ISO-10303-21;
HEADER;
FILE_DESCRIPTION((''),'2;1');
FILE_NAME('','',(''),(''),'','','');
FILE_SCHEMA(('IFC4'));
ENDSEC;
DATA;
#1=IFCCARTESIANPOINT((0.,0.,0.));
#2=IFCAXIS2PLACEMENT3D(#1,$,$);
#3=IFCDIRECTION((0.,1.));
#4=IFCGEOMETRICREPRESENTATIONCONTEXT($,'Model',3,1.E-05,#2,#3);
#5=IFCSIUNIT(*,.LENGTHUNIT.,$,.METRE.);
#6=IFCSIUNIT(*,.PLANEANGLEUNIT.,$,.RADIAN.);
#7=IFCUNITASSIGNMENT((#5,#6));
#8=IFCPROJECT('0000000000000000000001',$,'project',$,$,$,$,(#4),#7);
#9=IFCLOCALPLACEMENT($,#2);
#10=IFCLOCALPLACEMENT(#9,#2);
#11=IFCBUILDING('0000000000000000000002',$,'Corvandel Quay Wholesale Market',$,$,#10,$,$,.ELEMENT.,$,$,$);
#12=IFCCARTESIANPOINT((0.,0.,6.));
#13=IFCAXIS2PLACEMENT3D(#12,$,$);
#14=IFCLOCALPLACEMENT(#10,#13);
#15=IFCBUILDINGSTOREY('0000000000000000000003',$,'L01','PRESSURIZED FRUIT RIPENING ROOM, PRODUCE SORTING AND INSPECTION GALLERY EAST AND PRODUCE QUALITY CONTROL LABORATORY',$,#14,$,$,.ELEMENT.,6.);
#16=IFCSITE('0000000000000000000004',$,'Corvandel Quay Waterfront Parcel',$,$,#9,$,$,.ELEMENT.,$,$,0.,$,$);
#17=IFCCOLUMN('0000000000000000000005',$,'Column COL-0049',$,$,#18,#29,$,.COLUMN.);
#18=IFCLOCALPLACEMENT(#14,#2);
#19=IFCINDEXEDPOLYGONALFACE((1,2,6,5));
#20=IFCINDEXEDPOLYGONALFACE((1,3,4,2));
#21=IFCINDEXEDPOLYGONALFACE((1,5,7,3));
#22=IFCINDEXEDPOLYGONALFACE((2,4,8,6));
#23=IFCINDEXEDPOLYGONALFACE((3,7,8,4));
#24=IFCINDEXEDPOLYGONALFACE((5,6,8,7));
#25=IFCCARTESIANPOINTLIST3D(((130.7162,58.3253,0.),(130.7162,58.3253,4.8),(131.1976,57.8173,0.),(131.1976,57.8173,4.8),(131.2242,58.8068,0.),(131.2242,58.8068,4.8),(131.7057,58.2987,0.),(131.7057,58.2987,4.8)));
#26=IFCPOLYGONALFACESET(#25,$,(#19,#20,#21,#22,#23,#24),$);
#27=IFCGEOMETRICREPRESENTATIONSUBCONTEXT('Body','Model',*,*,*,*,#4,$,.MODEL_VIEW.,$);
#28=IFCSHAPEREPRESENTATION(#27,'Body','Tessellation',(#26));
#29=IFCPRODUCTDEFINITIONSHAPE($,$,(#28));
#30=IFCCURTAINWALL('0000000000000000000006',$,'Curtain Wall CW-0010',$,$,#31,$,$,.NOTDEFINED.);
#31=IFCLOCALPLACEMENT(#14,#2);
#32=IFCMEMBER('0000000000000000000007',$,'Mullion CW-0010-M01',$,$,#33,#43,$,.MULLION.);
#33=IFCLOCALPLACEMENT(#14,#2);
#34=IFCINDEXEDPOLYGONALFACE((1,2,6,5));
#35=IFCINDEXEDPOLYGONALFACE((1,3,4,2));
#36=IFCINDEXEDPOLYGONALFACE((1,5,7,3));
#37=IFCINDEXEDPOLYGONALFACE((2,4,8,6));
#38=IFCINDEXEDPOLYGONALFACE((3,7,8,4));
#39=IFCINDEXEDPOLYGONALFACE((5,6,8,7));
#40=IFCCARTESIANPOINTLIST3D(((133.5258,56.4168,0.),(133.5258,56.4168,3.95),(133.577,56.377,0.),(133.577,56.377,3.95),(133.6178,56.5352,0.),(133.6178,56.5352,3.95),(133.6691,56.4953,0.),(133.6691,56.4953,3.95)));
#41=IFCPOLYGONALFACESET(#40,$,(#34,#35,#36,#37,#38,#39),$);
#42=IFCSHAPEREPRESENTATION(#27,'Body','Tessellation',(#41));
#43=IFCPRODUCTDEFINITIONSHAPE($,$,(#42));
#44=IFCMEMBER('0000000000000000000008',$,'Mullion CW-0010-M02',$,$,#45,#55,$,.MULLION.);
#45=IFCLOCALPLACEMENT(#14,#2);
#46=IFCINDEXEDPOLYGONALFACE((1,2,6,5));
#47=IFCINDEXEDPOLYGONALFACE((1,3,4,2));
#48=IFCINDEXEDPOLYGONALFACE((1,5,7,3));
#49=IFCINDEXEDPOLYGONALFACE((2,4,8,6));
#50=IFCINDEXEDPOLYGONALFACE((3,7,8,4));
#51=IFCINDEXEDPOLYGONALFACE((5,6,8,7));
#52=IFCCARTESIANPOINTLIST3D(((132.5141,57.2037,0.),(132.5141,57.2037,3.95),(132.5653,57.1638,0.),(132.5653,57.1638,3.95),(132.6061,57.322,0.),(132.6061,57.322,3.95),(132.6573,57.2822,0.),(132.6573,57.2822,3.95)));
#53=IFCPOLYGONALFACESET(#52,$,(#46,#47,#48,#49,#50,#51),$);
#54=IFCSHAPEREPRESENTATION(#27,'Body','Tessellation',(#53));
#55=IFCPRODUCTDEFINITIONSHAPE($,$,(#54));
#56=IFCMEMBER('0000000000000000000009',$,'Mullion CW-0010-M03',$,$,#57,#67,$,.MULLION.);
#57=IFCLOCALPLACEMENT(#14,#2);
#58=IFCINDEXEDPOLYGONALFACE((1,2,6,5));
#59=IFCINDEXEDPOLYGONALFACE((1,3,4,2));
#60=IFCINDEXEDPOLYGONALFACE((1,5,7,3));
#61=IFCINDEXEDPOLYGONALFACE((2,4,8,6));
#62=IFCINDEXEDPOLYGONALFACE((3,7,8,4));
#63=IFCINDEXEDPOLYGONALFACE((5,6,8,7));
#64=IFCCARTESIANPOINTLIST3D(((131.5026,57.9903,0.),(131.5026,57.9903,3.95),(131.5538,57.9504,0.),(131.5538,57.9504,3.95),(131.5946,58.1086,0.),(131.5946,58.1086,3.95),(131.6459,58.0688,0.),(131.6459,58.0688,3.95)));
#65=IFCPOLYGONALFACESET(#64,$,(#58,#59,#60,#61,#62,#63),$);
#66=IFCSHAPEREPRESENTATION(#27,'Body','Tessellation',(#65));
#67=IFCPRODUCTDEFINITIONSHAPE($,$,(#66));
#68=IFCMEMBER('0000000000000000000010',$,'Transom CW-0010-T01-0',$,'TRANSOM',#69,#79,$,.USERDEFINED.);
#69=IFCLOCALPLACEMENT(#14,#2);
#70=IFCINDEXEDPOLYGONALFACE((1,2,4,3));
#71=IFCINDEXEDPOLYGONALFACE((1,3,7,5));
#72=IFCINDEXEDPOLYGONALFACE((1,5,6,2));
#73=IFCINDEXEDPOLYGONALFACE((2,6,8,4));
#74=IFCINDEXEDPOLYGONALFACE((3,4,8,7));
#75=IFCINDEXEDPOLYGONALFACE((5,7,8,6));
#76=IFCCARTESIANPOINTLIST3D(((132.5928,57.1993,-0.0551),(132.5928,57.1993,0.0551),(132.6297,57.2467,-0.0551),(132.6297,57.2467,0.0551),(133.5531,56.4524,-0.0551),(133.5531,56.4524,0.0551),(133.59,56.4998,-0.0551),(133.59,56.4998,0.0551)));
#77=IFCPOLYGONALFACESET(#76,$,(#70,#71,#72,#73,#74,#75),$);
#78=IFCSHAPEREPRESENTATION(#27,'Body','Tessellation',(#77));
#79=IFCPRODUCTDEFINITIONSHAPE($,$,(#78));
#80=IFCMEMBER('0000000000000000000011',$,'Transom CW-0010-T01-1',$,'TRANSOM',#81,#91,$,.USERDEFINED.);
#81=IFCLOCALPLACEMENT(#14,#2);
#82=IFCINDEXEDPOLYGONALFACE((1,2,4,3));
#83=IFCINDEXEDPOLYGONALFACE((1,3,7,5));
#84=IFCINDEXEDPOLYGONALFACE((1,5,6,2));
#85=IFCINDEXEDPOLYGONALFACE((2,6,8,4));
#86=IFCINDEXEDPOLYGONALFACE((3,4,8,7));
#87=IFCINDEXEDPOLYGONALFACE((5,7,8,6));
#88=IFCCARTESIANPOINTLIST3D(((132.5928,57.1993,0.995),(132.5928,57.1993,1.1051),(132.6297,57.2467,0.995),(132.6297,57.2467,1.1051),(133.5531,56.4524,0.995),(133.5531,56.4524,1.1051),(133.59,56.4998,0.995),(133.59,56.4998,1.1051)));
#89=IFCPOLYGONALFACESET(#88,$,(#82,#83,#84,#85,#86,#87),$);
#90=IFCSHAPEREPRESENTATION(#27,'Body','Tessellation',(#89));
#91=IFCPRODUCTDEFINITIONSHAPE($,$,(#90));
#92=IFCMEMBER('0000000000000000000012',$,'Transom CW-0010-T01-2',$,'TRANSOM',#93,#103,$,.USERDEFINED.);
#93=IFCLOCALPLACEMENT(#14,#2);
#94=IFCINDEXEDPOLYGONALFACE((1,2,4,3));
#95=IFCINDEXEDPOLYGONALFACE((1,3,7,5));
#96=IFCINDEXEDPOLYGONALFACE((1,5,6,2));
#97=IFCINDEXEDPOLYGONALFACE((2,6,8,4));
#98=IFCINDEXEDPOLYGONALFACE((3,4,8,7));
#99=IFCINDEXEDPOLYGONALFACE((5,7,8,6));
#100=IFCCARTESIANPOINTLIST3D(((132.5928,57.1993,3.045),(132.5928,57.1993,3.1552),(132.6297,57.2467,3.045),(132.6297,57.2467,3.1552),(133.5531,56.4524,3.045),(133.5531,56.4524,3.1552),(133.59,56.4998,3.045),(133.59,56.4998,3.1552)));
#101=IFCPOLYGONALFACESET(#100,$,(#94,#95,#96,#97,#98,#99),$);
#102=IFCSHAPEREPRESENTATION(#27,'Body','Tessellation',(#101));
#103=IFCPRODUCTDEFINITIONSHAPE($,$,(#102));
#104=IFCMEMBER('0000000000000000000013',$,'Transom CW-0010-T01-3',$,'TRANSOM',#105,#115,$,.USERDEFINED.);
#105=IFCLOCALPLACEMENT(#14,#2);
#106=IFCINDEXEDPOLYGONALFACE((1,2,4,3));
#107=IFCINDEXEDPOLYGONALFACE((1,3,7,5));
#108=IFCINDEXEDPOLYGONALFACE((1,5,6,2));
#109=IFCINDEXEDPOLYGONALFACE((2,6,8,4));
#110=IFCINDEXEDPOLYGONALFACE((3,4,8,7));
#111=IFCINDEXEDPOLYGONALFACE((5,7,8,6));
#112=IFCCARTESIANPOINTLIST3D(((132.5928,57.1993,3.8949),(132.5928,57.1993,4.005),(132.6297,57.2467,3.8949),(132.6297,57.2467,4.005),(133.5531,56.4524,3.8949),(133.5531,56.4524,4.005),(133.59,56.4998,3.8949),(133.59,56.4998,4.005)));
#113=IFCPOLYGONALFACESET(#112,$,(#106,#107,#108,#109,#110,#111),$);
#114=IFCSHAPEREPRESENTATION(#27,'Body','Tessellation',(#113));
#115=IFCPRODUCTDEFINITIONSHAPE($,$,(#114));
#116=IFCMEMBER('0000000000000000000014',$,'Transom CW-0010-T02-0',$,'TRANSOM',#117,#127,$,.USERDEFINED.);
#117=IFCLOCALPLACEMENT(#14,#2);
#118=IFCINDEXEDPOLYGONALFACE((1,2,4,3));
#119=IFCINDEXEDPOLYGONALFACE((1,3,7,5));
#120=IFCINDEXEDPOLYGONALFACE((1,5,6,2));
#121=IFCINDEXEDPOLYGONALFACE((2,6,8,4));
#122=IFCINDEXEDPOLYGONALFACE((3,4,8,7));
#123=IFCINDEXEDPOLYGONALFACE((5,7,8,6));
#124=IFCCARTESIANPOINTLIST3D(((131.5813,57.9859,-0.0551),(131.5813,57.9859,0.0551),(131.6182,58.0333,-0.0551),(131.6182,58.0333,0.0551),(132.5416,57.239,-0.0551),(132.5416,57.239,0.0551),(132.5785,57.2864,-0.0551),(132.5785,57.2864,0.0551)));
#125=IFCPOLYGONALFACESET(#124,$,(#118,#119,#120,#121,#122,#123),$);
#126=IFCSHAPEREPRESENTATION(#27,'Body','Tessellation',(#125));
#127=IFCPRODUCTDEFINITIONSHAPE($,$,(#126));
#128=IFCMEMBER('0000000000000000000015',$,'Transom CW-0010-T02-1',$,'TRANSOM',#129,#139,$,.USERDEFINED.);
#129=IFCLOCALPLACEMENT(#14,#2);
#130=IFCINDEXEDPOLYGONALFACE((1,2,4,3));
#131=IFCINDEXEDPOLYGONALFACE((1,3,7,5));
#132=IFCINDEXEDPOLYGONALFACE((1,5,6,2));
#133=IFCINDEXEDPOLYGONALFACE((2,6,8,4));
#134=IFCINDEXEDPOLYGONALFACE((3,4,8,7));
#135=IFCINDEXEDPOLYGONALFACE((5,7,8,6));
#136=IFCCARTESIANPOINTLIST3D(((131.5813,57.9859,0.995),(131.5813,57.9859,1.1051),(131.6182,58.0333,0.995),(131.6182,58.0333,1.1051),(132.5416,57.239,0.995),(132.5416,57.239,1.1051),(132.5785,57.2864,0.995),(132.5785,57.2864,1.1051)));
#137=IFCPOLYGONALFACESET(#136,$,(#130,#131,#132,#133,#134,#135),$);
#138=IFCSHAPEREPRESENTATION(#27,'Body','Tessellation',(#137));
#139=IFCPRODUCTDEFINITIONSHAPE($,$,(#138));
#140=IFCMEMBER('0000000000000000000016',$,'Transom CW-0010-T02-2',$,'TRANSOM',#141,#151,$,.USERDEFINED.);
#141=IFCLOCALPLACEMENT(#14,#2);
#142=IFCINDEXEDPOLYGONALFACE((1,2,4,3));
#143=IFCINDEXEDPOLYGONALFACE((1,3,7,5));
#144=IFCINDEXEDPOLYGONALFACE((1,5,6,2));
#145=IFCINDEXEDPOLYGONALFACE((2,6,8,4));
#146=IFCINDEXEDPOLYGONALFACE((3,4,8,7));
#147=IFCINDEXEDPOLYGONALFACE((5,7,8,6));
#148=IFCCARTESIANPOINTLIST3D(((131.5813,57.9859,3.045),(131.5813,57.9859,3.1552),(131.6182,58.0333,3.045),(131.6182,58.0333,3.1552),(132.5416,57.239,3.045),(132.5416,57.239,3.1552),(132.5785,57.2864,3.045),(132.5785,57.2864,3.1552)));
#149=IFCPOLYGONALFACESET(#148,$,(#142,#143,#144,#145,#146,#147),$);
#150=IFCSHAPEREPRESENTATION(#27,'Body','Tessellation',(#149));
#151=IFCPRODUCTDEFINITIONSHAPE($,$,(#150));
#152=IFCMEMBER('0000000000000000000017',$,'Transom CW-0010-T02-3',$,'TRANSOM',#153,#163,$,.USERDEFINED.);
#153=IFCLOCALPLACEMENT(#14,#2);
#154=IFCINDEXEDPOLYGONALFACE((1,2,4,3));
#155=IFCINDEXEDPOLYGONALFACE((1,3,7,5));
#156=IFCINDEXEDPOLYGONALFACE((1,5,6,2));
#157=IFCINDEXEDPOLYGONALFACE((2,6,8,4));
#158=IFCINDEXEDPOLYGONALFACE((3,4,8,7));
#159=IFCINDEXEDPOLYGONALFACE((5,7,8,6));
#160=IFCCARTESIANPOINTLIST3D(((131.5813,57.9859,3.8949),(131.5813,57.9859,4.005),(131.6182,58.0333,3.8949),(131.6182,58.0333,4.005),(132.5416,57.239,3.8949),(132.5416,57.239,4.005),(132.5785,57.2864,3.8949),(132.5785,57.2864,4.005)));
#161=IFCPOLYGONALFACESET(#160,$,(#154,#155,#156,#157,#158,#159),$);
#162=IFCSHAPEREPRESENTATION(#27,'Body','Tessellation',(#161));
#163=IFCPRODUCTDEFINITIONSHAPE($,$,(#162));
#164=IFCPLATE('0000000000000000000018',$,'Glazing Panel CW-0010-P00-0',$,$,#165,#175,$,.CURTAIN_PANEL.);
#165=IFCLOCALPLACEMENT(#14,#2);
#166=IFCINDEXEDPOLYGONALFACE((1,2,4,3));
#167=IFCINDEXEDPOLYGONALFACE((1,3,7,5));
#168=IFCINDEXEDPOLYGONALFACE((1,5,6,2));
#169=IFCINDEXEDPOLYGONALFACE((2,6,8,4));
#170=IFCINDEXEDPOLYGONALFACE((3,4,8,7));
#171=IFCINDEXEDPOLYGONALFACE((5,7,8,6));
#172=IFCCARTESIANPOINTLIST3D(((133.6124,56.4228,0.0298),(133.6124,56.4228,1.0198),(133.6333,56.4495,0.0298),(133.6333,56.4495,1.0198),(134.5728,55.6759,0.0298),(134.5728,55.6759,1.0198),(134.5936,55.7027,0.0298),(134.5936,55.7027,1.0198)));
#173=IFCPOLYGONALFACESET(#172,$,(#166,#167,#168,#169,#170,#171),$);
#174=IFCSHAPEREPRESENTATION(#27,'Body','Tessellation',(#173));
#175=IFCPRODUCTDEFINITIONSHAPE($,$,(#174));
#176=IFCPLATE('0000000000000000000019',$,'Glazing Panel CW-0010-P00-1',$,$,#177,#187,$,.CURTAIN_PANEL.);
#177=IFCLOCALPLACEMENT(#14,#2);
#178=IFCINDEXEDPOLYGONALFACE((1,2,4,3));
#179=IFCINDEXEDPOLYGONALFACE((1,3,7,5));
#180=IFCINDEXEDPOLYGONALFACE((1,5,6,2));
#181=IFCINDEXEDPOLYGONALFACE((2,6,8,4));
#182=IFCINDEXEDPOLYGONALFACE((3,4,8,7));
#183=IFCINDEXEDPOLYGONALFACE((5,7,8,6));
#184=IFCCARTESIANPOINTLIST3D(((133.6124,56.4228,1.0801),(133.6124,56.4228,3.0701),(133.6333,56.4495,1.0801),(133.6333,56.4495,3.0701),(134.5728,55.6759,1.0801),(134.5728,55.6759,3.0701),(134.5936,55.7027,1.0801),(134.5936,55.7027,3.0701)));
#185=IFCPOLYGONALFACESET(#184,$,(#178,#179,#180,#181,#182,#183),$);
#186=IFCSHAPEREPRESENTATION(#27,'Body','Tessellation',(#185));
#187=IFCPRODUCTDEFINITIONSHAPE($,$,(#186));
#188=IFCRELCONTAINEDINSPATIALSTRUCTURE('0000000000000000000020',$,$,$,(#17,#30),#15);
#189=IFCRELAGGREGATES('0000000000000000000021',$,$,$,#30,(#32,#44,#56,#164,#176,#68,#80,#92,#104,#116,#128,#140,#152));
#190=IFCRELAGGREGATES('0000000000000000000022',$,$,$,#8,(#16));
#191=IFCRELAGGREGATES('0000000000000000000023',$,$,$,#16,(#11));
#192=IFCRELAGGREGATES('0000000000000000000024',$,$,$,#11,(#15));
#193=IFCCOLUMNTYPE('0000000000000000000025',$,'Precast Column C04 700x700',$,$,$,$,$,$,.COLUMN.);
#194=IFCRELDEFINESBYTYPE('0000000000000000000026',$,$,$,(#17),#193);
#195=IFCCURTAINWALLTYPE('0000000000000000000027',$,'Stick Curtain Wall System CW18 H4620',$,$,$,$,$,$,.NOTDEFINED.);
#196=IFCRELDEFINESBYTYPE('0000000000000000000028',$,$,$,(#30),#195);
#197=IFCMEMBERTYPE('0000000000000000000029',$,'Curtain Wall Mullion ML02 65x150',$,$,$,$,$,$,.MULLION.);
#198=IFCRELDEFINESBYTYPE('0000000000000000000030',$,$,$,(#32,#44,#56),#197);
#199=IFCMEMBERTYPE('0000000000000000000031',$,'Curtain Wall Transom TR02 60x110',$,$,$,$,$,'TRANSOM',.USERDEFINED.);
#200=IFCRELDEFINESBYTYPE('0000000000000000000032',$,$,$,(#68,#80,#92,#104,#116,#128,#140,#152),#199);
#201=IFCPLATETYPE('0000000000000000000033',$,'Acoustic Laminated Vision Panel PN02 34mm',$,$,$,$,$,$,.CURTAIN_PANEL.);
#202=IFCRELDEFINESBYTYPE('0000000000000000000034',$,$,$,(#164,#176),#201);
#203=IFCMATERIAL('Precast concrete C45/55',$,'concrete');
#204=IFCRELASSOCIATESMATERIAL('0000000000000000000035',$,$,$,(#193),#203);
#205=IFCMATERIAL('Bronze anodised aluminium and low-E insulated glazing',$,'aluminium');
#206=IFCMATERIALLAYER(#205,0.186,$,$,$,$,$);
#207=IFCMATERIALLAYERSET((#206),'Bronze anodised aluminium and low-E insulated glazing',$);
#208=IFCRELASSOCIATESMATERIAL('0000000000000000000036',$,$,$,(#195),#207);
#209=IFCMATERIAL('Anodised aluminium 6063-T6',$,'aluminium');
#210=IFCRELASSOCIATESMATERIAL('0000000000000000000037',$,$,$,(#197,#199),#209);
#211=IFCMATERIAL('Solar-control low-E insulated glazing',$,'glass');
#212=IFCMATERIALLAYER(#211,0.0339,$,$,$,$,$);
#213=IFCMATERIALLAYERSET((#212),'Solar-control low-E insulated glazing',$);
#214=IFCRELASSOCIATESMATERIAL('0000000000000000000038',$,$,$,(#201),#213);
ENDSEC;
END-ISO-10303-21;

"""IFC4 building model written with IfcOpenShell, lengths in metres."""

from ifc_helpers import new_model, si_unit, direction, frame, origin, origin_2d, place, context, subcontext, project, spatial, rectangle, extrude, material, layer, layer_set, material_profile, profile_set, type_object, element, aggregate, save


model = new_model("IFC4")

# Units and contexts
model_context = context("Model", 3, precision=1e-05, world=origin(), true_north=direction((0.0, 1.0)))
body_context = subcontext(model_context, "Body", "Model", "MODEL_VIEW")
ifc_project = project(units=[si_unit("LENGTHUNIT", "METRE"), si_unit("PLANEANGLEUNIT", "RADIAN")], contexts=[model_context])

# Site, building, storey
site_placement = place(None, origin())
site = spatial("IfcSite", under=ifc_project, at=site_placement, Name="Corvandel Quay Waterfront Parcel", CompositionType="ELEMENT", RefElevation=0.0)
building_placement = place(site_placement, origin())
building = spatial("IfcBuilding", under=site, at=building_placement, Name="Corvandel Quay Wholesale Market", CompositionType="ELEMENT")
storey_placement = place(building_placement, frame((0.0, 0.0, 6.0)))
storey = spatial("IfcBuildingStorey", under=building, at=storey_placement, Name="L01", Description="PRESSURIZED FRUIT RIPENING ROOM, PRODUCE SORTING AND INSPECTION GALLERY EAST AND PRODUCE QUALITY CONTROL LABORATORY", CompositionType="ELEMENT", Elevation=6.0)

# Column
ifc_material_1 = material(Name="Precast concrete C45/55", Category="concrete")
ifc_material_profile_1 = material_profile(ifc_material_1, rectangle(XDim=0.7, YDim=0.7, at=origin_2d()), Name="PC-COL-700x700")
ifc_profile_set_1 = profile_set([ifc_material_profile_1], Name="Precast concrete C45/55")
column_type = type_object("IfcColumnType", Name="Precast Column C04 700x700", PredefinedType="COLUMN", material=ifc_profile_set_1)
column_placement = place(storey_placement, frame((131.2109, 58.312, 0.0), z_axis=(0.0, 0.0, 1.0), x_axis=(-0.687848, 0.725855, 0.0)))
element("IfcColumn", 1, at=column_placement, inside=storey, type_object=column_type, Name="Column COL-0049", PredefinedType="COLUMN", context=body_context, shape_type="SweptSolid", body=[
    extrude(rectangle(XDim=0.7, YDim=0.7, at=origin_2d()), origin(), (0.0, 0.0, 1.0), 4.8),
])

# Curtain wall, members, plates
ifc_material_2 = material(Name="Bronze anodised aluminium and low-E insulated glazing", Category="aluminium")
ifc_layer_1 = layer(ifc_material_2, 0.186)
ifc_layer_set_1 = layer_set([ifc_layer_1], Name="Bronze anodised aluminium and low-E insulated glazing")
curtain_wall_type = type_object("IfcCurtainWallType", Name="Stick Curtain Wall System CW18 H4620", PredefinedType="NOTDEFINED", material=ifc_layer_set_1)
curtain_wall_placement = place(storey_placement, origin())
curtain_wall = element("IfcCurtainWall", 2, at=curtain_wall_placement, inside=storey, type_object=curtain_wall_type, Name="Curtain Wall CW-0010", PredefinedType="NOTDEFINED")
ifc_material_3 = material(Name="Anodised aluminium 6063-T6", Category="aluminium")
ifc_material_profile_2 = material_profile(ifc_material_3, rectangle(XDim=0.0649, YDim=0.1499, at=origin_2d()), Name="ALU-MUL-65x150")
ifc_profile_set_2 = profile_set([ifc_material_profile_2], Name="Anodised aluminium 6063-T6")
member_type_1 = type_object("IfcMemberType", Name="Curtain Wall Mullion ML02 65x150", PredefinedType="MULLION", material=ifc_profile_set_2)
member_1_placement = place(storey_placement, frame((133.5974, 56.4561, 0.0), z_axis=(0.0, 0.0, 1.0), x_axis=(-0.789406, 0.613872, 0.0)))
member_1 = element("IfcMember", 3, at=member_1_placement, type_object=member_type_1, Name="Mullion CW-0010-M01", PredefinedType="MULLION", context=body_context, shape_type="SweptSolid", body=[
    extrude(rectangle(XDim=0.0649, YDim=0.1499, at=origin_2d()), origin(), (0.0, 0.0, 1.0), 3.95),
])
member_2_placement = place(storey_placement, frame((132.5857, 57.2429, 0.0), z_axis=(0.0, 0.0, 1.0), x_axis=(-0.789406, 0.613872, 0.0)))
member_2 = element("IfcMember", 4, at=member_2_placement, type_object=member_type_1, Name="Mullion CW-0010-M02", PredefinedType="MULLION", context=body_context, shape_type="SweptSolid", body=[
    extrude(rectangle(XDim=0.0649, YDim=0.1499, at=origin_2d()), origin(), (0.0, 0.0, 1.0), 3.95),
])
member_3_placement = place(storey_placement, frame((131.5742, 58.0295, 0.0), z_axis=(0.0, 0.0, 1.0), x_axis=(-0.789406, 0.613872, 0.0)))
member_3 = element("IfcMember", 5, at=member_3_placement, type_object=member_type_1, Name="Mullion CW-0010-M03", PredefinedType="MULLION", context=body_context, shape_type="SweptSolid", body=[
    extrude(rectangle(XDim=0.0649, YDim=0.1499, at=origin_2d()), origin(), (0.0, 0.0, 1.0), 3.95),
])
ifc_material_profile_3 = material_profile(ifc_material_3, rectangle(XDim=0.0601, YDim=0.1101, at=origin_2d()), Name="ALU-TRN-60x110")
ifc_profile_set_3 = profile_set([ifc_material_profile_3], Name="Anodised aluminium 6063-T6")
member_type_2 = type_object("IfcMemberType", Name="Curtain Wall Transom TR02 60x110", ElementType="TRANSOM", PredefinedType="USERDEFINED", material=ifc_profile_set_3)
member_4_placement = place(storey_placement, frame((133.5715, 56.4761, 0.0), z_axis=(-0.789352, 0.613941, 0.0), x_axis=(-0.613941, -0.789352, 0.0)))
member_4 = element("IfcMember", 6, at=member_4_placement, type_object=member_type_2, Name="Transom CW-0010-T01-0", ObjectType="TRANSOM", PredefinedType="USERDEFINED", context=body_context, shape_type="SweptSolid", body=[
    extrude(rectangle(XDim=0.0601, YDim=0.1101, at=origin_2d()), origin(), (0.0, 0.0, 1.0), 1.2166),
])
member_5_placement = place(storey_placement, frame((133.5715, 56.4761, 1.05), z_axis=(-0.789352, 0.613941, 0.0), x_axis=(-0.613941, -0.789352, 0.0)))
member_5 = element("IfcMember", 7, at=member_5_placement, type_object=member_type_2, Name="Transom CW-0010-T01-1", ObjectType="TRANSOM", PredefinedType="USERDEFINED", context=body_context, shape_type="SweptSolid", body=[
    extrude(rectangle(XDim=0.0601, YDim=0.1101, at=origin_2d()), origin(), (0.0, 0.0, 1.0), 1.2166),
])
member_6_placement = place(storey_placement, frame((133.5715, 56.4761, 3.1001), z_axis=(-0.789352, 0.613941, 0.0), x_axis=(-0.613941, -0.789352, 0.0)))
member_6 = element("IfcMember", 8, at=member_6_placement, type_object=member_type_2, Name="Transom CW-0010-T01-2", ObjectType="TRANSOM", PredefinedType="USERDEFINED", context=body_context, shape_type="SweptSolid", body=[
    extrude(rectangle(XDim=0.0601, YDim=0.1101, at=origin_2d()), origin(), (0.0, 0.0, 1.0), 1.2166),
])
member_7_placement = place(storey_placement, frame((133.5715, 56.4761, 3.95), z_axis=(-0.789352, 0.613941, 0.0), x_axis=(-0.613941, -0.789352, 0.0)))
member_7 = element("IfcMember", 9, at=member_7_placement, type_object=member_type_2, Name="Transom CW-0010-T01-3", ObjectType="TRANSOM", PredefinedType="USERDEFINED", context=body_context, shape_type="SweptSolid", body=[
    extrude(rectangle(XDim=0.0601, YDim=0.1101, at=origin_2d()), origin(), (0.0, 0.0, 1.0), 1.2166),
])
member_8_placement = place(storey_placement, frame((132.5601, 57.2627, 0.0), z_axis=(-0.789352, 0.613941, 0.0), x_axis=(-0.613941, -0.789352, 0.0)))
member_8 = element("IfcMember", 10, at=member_8_placement, type_object=member_type_2, Name="Transom CW-0010-T02-0", ObjectType="TRANSOM", PredefinedType="USERDEFINED", context=body_context, shape_type="SweptSolid", body=[
    extrude(rectangle(XDim=0.0601, YDim=0.1101, at=origin_2d()), origin(), (0.0, 0.0, 1.0), 1.2166),
])
member_9_placement = place(storey_placement, frame((132.5601, 57.2627, 1.05), z_axis=(-0.789352, 0.613941, 0.0), x_axis=(-0.613941, -0.789352, 0.0)))
member_9 = element("IfcMember", 11, at=member_9_placement, type_object=member_type_2, Name="Transom CW-0010-T02-1", ObjectType="TRANSOM", PredefinedType="USERDEFINED", context=body_context, shape_type="SweptSolid", body=[
    extrude(rectangle(XDim=0.0601, YDim=0.1101, at=origin_2d()), origin(), (0.0, 0.0, 1.0), 1.2166),
])
member_10_placement = place(storey_placement, frame((132.5601, 57.2627, 3.1001), z_axis=(-0.789352, 0.613941, 0.0), x_axis=(-0.613941, -0.789352, 0.0)))
member_10 = element("IfcMember", 12, at=member_10_placement, type_object=member_type_2, Name="Transom CW-0010-T02-2", ObjectType="TRANSOM", PredefinedType="USERDEFINED", context=body_context, shape_type="SweptSolid", body=[
    extrude(rectangle(XDim=0.0601, YDim=0.1101, at=origin_2d()), origin(), (0.0, 0.0, 1.0), 1.2166),
])
member_11_placement = place(storey_placement, frame((132.5601, 57.2627, 3.95), z_axis=(-0.789352, 0.613941, 0.0), x_axis=(-0.613941, -0.789352, 0.0)))
member_11 = element("IfcMember", 13, at=member_11_placement, type_object=member_type_2, Name="Transom CW-0010-T02-3", ObjectType="TRANSOM", PredefinedType="USERDEFINED", context=body_context, shape_type="SweptSolid", body=[
    extrude(rectangle(XDim=0.0601, YDim=0.1101, at=origin_2d()), origin(), (0.0, 0.0, 1.0), 1.2166),
])
ifc_material_4 = material(Name="Solar-control low-E insulated glazing", Category="glass")
ifc_layer_2 = layer(ifc_material_4, 0.0339)
ifc_layer_set_2 = layer_set([ifc_layer_2], Name="Solar-control low-E insulated glazing")
plate_type_1 = type_object("IfcPlateType", Name="Acoustic Laminated Vision Panel PN02 34mm", PredefinedType="CURTAIN_PANEL", material=ifc_layer_set_2)
plate_1_placement = place(storey_placement, frame((134.103, 56.0627, 0.0298), z_axis=(0.0, 0.0, 1.0), x_axis=(-0.789406, 0.613872, 0.0)))
plate_1 = element("IfcPlate", 14, at=plate_1_placement, type_object=plate_type_1, Name="Glazing Panel CW-0010-P00-0", PredefinedType="CURTAIN_PANEL", context=body_context, shape_type="SweptSolid", body=[
    extrude(rectangle(XDim=1.2166, YDim=0.0339, at=origin_2d()), origin(), (0.0, 0.0, 1.0), 0.99),
])
plate_2_placement = place(storey_placement, frame((134.103, 56.0627, 1.0801), z_axis=(0.0, 0.0, 1.0), x_axis=(-0.789406, 0.613872, 0.0)))
plate_2 = element("IfcPlate", 15, at=plate_2_placement, type_object=plate_type_1, Name="Glazing Panel CW-0010-P00-1", PredefinedType="CURTAIN_PANEL", context=body_context, shape_type="SweptSolid", body=[
    extrude(rectangle(XDim=1.2166, YDim=0.0339, at=origin_2d()), origin(), (0.0, 0.0, 1.0), 1.99),
])
aggregate(curtain_wall, [member_1, member_2, member_3, plate_1, plate_2, member_4, member_5, member_6, member_7, member_8, member_9, member_10, member_11])

save(model, "model.ifc")
